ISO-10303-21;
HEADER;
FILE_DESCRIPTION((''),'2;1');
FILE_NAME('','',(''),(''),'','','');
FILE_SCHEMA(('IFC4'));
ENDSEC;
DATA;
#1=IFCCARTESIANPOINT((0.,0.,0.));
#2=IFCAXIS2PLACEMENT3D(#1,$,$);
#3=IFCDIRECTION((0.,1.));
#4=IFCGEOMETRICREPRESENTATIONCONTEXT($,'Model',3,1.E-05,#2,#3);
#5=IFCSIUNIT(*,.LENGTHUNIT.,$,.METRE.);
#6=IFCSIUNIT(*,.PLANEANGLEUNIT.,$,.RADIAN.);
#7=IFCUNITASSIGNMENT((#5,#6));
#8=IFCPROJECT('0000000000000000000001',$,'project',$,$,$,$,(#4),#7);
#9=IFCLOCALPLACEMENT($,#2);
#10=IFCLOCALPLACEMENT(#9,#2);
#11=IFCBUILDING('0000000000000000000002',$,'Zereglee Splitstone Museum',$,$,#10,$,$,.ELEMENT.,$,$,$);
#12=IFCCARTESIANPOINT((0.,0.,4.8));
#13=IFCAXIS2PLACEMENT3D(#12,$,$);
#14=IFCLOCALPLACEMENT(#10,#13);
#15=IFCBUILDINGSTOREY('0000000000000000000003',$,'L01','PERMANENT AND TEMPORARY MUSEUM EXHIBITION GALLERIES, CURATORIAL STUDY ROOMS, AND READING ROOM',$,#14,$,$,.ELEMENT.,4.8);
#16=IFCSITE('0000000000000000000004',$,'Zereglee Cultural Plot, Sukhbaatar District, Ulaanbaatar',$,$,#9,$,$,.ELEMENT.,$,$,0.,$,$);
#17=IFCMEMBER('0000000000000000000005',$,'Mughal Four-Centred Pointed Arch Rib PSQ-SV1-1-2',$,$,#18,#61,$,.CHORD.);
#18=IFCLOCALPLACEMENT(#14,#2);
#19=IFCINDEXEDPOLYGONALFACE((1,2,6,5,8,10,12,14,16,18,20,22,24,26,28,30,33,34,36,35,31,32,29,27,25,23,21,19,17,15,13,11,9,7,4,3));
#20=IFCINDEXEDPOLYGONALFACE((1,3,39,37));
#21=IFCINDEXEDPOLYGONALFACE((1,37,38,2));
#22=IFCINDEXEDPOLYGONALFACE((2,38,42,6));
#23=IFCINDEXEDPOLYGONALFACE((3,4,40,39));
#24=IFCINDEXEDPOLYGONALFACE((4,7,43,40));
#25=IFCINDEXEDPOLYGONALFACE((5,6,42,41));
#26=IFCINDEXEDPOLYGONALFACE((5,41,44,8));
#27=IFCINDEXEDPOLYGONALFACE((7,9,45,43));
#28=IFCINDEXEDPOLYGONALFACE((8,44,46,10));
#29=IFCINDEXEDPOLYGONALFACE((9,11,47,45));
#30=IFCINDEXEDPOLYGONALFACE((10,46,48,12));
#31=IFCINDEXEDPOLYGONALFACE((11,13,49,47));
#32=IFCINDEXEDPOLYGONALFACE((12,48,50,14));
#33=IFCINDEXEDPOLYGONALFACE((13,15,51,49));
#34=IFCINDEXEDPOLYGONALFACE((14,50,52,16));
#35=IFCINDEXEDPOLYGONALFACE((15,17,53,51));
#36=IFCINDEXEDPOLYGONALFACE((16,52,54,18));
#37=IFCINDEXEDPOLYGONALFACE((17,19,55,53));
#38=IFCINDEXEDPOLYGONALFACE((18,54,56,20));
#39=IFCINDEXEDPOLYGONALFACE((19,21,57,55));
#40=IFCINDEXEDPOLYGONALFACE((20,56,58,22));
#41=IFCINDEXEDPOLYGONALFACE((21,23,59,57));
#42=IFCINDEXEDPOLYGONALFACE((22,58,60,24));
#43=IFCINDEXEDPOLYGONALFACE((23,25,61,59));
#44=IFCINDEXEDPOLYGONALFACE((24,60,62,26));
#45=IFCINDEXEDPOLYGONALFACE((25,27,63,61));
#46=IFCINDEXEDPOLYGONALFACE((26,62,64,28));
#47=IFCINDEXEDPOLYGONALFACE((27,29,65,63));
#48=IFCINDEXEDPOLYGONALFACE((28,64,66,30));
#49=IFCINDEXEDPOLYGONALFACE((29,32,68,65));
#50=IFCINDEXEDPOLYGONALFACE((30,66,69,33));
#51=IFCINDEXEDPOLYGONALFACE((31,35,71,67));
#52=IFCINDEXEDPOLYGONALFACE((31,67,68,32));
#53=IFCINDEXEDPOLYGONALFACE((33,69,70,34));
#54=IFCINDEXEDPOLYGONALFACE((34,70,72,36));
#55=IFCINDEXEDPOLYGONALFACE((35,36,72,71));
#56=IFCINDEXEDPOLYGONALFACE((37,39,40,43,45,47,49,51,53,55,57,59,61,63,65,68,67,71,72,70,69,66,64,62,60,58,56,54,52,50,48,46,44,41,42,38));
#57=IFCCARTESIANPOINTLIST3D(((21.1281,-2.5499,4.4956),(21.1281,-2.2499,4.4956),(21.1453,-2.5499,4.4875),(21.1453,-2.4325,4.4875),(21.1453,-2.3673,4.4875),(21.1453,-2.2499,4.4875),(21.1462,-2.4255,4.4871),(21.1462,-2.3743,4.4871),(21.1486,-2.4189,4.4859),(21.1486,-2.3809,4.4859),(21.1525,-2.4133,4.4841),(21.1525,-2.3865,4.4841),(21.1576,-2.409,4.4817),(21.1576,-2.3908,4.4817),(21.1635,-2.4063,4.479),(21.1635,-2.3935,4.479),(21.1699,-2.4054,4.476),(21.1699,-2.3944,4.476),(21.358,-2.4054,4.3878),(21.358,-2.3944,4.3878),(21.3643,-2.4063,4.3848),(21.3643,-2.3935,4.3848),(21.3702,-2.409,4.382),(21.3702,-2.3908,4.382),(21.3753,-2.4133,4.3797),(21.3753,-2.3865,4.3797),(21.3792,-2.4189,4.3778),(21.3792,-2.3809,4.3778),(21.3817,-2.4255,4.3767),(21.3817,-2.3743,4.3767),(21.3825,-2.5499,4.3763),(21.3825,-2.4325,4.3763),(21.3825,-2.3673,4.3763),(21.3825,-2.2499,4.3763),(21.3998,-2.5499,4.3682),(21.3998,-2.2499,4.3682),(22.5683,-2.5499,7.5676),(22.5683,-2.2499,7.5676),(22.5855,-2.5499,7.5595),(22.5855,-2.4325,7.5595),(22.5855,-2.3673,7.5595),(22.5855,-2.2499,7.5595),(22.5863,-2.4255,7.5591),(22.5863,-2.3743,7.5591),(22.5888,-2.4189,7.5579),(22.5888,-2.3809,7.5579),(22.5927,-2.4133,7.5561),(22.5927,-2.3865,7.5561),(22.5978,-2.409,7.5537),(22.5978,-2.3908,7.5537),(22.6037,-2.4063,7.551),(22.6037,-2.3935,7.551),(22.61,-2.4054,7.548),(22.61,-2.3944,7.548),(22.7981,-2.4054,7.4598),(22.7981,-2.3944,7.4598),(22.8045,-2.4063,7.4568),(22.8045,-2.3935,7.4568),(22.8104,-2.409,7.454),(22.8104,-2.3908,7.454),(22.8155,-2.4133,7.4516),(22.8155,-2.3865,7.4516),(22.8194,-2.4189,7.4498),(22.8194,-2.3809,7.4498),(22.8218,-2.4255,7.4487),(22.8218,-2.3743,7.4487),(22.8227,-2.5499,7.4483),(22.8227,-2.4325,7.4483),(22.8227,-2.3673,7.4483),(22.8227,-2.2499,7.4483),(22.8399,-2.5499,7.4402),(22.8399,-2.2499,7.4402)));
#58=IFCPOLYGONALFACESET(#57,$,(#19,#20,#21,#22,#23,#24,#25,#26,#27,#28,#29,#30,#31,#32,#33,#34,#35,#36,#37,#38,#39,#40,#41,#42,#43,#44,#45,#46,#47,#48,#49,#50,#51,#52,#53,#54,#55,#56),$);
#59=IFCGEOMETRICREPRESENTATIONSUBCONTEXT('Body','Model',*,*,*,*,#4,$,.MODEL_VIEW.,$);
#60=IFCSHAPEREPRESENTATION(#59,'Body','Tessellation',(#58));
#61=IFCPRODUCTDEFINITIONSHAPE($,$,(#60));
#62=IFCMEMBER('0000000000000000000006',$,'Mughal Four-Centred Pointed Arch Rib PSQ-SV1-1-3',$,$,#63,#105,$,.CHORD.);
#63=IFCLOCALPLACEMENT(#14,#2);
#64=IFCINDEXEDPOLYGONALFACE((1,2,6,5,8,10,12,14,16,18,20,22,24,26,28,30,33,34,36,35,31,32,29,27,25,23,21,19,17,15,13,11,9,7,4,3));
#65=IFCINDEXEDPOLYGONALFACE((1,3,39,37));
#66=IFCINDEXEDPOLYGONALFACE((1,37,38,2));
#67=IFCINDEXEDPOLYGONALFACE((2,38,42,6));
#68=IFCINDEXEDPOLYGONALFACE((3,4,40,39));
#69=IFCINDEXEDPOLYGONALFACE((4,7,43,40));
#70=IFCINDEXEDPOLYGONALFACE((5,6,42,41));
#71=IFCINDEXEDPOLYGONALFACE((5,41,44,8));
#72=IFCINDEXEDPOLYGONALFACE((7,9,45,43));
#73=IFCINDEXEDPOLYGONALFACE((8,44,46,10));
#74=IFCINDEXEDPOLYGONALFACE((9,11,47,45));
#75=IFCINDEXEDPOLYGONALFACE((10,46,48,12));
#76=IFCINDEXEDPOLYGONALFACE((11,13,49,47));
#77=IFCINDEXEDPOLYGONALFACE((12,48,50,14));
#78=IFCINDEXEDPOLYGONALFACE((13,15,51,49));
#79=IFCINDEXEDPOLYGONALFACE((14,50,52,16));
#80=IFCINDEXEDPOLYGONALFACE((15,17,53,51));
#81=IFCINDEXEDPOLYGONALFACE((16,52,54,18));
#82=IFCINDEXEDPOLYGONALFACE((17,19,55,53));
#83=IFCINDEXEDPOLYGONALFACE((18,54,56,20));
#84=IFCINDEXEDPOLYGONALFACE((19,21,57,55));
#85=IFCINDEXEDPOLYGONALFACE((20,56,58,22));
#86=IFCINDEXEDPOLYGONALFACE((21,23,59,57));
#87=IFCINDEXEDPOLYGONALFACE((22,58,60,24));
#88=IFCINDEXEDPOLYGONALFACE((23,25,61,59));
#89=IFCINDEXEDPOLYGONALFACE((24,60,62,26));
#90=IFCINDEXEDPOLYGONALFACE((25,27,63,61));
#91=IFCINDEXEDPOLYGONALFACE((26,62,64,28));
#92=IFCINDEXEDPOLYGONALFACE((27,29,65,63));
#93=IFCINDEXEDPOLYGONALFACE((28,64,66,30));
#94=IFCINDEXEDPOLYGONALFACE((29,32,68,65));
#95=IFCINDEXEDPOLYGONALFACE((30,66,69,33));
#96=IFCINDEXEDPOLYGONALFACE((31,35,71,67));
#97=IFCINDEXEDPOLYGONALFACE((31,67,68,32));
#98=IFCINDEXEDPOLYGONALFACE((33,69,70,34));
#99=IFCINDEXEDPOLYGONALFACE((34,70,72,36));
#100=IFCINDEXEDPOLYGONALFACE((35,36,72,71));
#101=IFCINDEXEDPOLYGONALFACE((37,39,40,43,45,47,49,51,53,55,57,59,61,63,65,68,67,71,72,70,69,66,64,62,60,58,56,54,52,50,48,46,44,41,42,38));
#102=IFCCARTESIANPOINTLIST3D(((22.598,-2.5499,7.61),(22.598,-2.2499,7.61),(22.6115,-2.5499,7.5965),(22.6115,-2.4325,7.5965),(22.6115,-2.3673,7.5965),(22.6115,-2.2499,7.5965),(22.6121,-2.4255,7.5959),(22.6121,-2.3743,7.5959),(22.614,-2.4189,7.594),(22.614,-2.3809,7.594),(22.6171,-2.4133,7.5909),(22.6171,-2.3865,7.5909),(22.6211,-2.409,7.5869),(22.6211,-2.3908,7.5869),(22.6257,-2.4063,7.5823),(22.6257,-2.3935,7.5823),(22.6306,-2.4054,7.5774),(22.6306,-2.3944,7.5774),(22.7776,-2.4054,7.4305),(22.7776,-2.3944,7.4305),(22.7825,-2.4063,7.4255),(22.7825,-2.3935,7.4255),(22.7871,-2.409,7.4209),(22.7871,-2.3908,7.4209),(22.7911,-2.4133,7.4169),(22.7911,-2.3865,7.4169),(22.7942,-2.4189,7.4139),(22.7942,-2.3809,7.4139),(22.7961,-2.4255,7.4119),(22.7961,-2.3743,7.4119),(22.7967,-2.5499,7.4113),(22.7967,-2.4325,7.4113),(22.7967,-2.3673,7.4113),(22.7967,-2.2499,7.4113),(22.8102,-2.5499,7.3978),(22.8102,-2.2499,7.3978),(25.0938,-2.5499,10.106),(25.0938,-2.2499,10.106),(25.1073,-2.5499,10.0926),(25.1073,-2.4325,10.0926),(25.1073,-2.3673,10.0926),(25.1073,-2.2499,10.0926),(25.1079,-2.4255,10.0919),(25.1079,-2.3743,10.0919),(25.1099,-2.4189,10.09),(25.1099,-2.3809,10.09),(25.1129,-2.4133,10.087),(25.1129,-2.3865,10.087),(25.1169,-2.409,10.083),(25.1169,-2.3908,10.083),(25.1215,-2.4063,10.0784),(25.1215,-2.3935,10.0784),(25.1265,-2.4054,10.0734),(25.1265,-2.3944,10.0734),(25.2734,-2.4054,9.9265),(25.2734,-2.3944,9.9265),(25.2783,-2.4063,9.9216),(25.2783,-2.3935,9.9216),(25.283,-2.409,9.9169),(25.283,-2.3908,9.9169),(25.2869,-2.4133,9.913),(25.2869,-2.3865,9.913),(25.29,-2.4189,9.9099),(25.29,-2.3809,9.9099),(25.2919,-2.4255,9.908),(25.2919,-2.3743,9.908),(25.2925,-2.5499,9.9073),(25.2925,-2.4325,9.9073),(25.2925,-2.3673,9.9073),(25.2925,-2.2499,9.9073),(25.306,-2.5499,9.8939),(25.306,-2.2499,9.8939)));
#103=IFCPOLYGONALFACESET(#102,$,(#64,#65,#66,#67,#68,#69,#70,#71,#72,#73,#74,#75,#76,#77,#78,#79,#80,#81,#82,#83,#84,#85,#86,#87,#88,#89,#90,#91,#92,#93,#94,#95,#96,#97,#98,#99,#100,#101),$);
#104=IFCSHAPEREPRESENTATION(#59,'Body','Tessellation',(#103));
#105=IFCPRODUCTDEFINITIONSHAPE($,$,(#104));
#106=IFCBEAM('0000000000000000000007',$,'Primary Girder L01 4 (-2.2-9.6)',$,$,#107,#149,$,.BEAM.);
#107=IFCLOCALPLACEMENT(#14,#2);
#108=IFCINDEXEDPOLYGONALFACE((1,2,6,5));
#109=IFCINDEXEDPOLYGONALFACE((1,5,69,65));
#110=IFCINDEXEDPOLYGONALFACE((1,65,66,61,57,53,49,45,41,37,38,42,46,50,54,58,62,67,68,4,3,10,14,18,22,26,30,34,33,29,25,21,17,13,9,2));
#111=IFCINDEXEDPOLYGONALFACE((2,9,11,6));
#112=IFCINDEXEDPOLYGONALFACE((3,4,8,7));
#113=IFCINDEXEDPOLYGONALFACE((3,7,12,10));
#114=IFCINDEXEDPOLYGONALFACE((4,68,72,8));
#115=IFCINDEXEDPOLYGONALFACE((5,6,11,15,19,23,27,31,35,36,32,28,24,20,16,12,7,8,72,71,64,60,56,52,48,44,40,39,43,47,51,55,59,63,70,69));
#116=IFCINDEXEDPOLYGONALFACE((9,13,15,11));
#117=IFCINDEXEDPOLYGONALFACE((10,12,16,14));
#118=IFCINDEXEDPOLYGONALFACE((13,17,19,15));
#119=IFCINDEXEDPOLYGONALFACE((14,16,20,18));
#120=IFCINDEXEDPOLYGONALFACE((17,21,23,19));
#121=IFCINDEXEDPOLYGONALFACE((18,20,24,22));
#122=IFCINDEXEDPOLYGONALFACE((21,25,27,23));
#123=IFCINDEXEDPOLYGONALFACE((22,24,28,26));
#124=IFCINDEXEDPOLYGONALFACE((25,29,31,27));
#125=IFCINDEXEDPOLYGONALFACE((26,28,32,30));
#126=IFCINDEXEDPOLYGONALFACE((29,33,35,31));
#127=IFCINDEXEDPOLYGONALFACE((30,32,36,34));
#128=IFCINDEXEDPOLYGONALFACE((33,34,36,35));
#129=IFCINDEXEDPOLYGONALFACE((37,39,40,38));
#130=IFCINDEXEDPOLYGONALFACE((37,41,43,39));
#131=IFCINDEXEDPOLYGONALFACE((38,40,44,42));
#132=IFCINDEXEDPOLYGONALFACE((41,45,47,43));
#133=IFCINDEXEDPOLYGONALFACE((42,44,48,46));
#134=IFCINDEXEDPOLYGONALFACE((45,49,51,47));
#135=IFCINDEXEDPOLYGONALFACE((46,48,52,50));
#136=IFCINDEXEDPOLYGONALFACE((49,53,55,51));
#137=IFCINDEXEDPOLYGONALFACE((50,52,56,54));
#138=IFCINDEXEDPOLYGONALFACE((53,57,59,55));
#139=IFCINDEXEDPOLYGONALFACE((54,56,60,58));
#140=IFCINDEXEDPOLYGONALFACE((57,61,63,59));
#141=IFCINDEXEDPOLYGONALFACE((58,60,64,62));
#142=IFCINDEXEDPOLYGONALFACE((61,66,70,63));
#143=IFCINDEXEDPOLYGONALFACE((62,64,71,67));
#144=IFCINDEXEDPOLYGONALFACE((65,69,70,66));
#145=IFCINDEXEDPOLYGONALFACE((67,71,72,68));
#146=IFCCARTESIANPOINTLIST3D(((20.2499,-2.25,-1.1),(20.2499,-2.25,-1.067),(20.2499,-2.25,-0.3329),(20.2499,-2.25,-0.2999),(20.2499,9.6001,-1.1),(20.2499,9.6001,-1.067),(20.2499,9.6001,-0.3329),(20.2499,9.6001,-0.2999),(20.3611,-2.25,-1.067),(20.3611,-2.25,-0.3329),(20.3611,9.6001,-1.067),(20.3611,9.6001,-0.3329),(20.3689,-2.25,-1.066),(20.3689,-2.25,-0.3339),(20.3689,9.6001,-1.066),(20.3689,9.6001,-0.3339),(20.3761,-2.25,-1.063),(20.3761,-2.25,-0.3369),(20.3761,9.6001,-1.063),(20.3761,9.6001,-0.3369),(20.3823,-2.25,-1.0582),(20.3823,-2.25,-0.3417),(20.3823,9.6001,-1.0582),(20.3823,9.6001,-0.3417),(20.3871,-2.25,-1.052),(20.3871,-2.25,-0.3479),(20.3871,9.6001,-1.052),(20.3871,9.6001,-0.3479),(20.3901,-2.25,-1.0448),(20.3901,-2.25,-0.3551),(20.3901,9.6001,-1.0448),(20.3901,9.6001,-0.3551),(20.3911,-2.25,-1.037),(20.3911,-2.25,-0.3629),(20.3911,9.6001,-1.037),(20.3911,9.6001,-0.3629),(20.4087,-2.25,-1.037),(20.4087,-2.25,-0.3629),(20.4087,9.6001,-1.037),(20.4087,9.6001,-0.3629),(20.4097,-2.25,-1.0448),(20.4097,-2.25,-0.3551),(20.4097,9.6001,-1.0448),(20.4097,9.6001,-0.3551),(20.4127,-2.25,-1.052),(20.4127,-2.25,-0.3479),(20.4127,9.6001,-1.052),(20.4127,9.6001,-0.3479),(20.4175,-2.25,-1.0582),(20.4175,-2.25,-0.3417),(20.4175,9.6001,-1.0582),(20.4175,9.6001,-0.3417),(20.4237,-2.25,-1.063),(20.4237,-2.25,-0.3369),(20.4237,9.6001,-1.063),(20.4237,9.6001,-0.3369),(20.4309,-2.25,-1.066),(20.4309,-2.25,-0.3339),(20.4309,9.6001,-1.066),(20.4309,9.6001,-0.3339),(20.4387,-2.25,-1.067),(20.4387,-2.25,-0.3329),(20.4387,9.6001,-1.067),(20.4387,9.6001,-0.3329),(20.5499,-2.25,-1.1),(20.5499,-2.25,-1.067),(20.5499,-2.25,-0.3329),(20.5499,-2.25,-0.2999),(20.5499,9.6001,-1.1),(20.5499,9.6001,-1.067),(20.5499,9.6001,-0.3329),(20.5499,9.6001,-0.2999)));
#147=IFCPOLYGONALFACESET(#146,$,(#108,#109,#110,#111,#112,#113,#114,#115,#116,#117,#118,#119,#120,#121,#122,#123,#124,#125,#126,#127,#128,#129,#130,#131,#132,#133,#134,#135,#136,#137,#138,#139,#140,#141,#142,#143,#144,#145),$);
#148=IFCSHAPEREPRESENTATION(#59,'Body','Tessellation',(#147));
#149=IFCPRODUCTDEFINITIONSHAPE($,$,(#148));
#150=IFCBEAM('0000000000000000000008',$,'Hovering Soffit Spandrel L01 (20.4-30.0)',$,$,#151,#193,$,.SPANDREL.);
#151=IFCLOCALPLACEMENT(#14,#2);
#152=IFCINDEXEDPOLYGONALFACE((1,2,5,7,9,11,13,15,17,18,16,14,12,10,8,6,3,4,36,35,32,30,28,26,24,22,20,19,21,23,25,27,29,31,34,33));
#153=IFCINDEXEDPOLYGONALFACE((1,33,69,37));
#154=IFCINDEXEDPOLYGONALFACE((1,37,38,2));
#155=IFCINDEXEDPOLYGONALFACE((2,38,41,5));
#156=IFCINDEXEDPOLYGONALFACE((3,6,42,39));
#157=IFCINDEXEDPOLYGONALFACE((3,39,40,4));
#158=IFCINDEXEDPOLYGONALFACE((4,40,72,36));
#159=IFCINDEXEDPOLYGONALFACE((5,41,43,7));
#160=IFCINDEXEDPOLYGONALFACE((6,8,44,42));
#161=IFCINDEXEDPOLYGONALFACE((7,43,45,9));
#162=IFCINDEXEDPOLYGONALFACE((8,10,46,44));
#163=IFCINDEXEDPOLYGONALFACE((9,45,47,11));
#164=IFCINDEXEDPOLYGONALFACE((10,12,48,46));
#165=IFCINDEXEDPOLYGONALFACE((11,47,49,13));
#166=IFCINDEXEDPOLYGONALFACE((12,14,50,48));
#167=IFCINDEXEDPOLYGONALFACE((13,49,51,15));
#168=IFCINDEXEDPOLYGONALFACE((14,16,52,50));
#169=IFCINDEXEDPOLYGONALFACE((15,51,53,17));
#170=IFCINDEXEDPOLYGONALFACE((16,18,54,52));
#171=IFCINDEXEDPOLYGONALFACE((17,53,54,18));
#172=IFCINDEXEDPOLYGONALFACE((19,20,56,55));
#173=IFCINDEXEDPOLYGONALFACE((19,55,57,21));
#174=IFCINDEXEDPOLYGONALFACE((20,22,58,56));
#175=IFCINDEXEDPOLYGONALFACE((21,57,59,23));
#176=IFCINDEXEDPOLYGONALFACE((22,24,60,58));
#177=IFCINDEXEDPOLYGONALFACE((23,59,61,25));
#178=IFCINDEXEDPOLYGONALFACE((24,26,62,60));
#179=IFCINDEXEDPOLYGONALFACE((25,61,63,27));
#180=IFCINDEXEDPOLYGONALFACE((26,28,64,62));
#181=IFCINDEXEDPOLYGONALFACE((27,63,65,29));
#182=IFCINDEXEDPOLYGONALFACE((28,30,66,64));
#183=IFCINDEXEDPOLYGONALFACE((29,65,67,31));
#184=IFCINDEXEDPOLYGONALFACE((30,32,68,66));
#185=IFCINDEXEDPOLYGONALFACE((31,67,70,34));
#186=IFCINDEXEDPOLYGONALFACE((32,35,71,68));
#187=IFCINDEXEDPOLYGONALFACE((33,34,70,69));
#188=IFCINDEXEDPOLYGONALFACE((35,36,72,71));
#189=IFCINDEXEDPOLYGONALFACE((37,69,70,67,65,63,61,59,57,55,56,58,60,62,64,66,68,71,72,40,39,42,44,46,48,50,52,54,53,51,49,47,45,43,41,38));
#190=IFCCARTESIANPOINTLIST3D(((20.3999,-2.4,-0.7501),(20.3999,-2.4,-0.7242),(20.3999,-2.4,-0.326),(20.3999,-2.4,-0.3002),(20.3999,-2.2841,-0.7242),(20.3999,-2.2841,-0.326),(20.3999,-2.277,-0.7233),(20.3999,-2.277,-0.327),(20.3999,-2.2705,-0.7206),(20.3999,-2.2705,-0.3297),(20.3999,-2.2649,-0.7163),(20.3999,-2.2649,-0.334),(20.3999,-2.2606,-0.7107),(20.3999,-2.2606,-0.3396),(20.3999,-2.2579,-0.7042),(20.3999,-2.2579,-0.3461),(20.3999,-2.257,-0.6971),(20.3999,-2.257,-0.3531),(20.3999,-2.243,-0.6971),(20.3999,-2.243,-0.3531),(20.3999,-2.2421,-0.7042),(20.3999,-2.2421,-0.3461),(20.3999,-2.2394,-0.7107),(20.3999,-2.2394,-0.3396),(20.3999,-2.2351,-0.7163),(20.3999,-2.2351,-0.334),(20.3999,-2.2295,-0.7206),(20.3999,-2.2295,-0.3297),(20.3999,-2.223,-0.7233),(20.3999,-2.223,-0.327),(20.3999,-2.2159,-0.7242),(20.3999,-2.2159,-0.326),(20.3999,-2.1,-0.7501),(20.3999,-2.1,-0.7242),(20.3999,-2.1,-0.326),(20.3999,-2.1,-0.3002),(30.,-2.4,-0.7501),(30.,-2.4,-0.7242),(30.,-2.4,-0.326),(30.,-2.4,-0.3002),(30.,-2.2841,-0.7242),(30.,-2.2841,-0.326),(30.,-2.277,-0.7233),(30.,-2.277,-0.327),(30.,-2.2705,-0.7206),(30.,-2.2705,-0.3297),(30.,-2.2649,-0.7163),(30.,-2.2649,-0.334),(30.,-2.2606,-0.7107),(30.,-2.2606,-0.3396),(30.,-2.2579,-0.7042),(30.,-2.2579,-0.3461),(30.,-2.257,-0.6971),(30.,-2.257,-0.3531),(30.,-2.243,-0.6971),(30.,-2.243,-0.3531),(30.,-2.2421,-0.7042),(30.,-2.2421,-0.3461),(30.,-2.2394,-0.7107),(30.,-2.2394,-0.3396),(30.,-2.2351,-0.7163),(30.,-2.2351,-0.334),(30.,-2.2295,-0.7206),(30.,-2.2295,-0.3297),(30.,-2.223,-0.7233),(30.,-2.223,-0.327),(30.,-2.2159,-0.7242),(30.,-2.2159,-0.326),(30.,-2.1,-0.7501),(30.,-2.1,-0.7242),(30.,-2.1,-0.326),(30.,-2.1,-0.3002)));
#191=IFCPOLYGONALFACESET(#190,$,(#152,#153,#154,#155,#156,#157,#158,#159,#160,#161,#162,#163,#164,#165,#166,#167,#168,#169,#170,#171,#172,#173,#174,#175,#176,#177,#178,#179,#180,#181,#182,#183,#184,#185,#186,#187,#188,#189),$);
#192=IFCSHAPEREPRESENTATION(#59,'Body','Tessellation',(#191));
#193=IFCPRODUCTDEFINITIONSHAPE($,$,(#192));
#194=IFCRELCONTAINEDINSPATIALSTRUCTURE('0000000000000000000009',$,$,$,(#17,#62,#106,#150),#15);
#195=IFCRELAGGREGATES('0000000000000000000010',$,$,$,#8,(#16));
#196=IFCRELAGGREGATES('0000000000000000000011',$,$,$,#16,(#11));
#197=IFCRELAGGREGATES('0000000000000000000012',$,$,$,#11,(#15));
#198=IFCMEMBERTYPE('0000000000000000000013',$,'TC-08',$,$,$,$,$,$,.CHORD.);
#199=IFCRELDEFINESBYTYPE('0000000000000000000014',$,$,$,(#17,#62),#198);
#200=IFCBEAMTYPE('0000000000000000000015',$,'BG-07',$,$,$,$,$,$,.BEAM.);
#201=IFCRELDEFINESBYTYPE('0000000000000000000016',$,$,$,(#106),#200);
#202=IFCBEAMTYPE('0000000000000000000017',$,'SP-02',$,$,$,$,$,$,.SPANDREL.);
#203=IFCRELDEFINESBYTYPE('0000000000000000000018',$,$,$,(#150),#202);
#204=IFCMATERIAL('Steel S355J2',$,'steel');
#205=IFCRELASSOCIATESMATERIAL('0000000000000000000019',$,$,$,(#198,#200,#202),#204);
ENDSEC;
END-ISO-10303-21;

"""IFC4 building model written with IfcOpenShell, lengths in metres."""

from ifc_helpers import new_model, si_unit, direction, frame, origin, origin_2d, place, context, subcontext, project, spatial, i_section, extrude, material, material_profile, profile_set, type_object, element, save


model = new_model("IFC4")

# Units and contexts
model_context = context("Model", 3, precision=1e-05, world=origin(), true_north=direction((0.0, 1.0)))
body_context = subcontext(model_context, "Body", "Model", "MODEL_VIEW")
ifc_project = project(units=[si_unit("LENGTHUNIT", "METRE"), si_unit("PLANEANGLEUNIT", "RADIAN")], contexts=[model_context])

# Site, building, storey
site_placement = place(None, origin())
site = spatial("IfcSite", under=ifc_project, at=site_placement, Name="Zereglee Cultural Plot, Sukhbaatar District, Ulaanbaatar", CompositionType="ELEMENT", RefElevation=0.0)
building_placement = place(site_placement, origin())
building = spatial("IfcBuilding", under=site, at=building_placement, Name="Zereglee Splitstone Museum", CompositionType="ELEMENT")
storey_placement = place(building_placement, frame((0.0, 0.0, 4.8)))
storey = spatial("IfcBuildingStorey", under=building, at=storey_placement, Name="L01", Description="PERMANENT AND TEMPORARY MUSEUM EXHIBITION GALLERIES, CURATORIAL STUDY ROOMS, AND READING ROOM", CompositionType="ELEMENT", Elevation=4.8)

# Members
ifc_material_1 = material(Name="Steel S355J2", Category="steel")
ifc_material_profile_1 = material_profile(ifc_material_1, i_section(OverallWidth=0.3, OverallDepth=0.3, WebThickness=0.011, FlangeThickness=0.019, FilletRadius=0.0271, at=origin_2d()), Name="HE 300 B")
ifc_profile_set_1 = profile_set([ifc_material_profile_1], Name="Steel S355J2")
member_type_1 = type_object("IfcMemberType", Name="TC-08", PredefinedType="CHORD", material=ifc_profile_set_1)
member_1_placement = place(storey_placement, frame((21.2639, -2.3999, 4.4319), z_axis=(0.424476, 0.0, 0.905439), x_axis=(0.0, 1.0, 0.0)))
element("IfcMember", 1, at=member_1_placement, inside=storey, type_object=member_type_1, Name="Mughal Four-Centred Pointed Arch Rib PSQ-SV1-1-2", PredefinedType="CHORD", context=body_context, shape_type="SweptSolid", body=[
    extrude(i_section(OverallWidth=0.3, OverallDepth=0.3, WebThickness=0.011, FlangeThickness=0.019, FilletRadius=0.0271, at=origin_2d()), origin(), (0.0, 0.0, 1.0), 3.3928),
])
member_2_placement = place(storey_placement, frame((22.7041, -2.3999, 7.5039), z_axis=(0.707072, 0.0, 0.707141), x_axis=(0.0, 1.0, 0.0)))
element("IfcMember", 2, at=member_2_placement, inside=storey, type_object=member_type_1, Name="Mughal Four-Centred Pointed Arch Rib PSQ-SV1-1-3", PredefinedType="CHORD", context=body_context, shape_type="SweptSolid", body=[
    extrude(i_section(OverallWidth=0.3, OverallDepth=0.3, WebThickness=0.011, FlangeThickness=0.019, FilletRadius=0.0271, at=origin_2d()), origin(), (0.0, 0.0, 1.0), 3.5298),
])

# Beams
ifc_material_profile_2 = material_profile(ifc_material_1, i_section(OverallWidth=0.3, OverallDepth=0.8, WebThickness=0.0176, FlangeThickness=0.033, FilletRadius=0.03, at=origin_2d()), Name="HE 800 B")
ifc_profile_set_2 = profile_set([ifc_material_profile_2], Name="Steel S355J2")
beam_type_1 = type_object("IfcBeamType", Name="BG-07", PredefinedType="BEAM", material=ifc_profile_set_2)
beam_1_placement = place(storey_placement, frame((20.3999, -2.25, -0.7), z_axis=(0.0, 1.0, 0.0), x_axis=(-1.0, 0.0, 0.0)))
element("IfcBeam", 3, at=beam_1_placement, inside=storey, type_object=beam_type_1, Name="Primary Girder L01 4 (-2.2-9.6)", PredefinedType="BEAM", context=body_context, shape_type="SweptSolid", body=[
    extrude(i_section(OverallWidth=0.3, OverallDepth=0.8, WebThickness=0.0176, FlangeThickness=0.033, FilletRadius=0.03, at=origin_2d()), origin(), (0.0, 0.0, 1.0), 11.8501),
])
ifc_material_profile_3 = material_profile(ifc_material_1, i_section(OverallWidth=0.3, OverallDepth=0.45, WebThickness=0.0139, FlangeThickness=0.0259, FilletRadius=0.0271, at=origin_2d()), Name="HE 450 B")
ifc_profile_set_3 = profile_set([ifc_material_profile_3], Name="Steel S355J2")
beam_type_2 = type_object("IfcBeamType", Name="SP-02", PredefinedType="SPANDREL", material=ifc_profile_set_3)
beam_2_placement = place(storey_placement, frame((20.3999, -2.25, -0.5251), z_axis=(1.0, 0.0, 0.0), x_axis=(0.0, 1.0, 0.0)))
element("IfcBeam", 4, at=beam_2_placement, inside=storey, type_object=beam_type_2, Name="Hovering Soffit Spandrel L01 (20.4-30.0)", PredefinedType="SPANDREL", context=body_context, shape_type="SweptSolid", body=[
    extrude(i_section(OverallWidth=0.3, OverallDepth=0.45, WebThickness=0.0139, FlangeThickness=0.0259, FilletRadius=0.0271, at=origin_2d()), origin(), (0.0, 0.0, 1.0), 9.6001),
])

save(model, "model.ifc")
